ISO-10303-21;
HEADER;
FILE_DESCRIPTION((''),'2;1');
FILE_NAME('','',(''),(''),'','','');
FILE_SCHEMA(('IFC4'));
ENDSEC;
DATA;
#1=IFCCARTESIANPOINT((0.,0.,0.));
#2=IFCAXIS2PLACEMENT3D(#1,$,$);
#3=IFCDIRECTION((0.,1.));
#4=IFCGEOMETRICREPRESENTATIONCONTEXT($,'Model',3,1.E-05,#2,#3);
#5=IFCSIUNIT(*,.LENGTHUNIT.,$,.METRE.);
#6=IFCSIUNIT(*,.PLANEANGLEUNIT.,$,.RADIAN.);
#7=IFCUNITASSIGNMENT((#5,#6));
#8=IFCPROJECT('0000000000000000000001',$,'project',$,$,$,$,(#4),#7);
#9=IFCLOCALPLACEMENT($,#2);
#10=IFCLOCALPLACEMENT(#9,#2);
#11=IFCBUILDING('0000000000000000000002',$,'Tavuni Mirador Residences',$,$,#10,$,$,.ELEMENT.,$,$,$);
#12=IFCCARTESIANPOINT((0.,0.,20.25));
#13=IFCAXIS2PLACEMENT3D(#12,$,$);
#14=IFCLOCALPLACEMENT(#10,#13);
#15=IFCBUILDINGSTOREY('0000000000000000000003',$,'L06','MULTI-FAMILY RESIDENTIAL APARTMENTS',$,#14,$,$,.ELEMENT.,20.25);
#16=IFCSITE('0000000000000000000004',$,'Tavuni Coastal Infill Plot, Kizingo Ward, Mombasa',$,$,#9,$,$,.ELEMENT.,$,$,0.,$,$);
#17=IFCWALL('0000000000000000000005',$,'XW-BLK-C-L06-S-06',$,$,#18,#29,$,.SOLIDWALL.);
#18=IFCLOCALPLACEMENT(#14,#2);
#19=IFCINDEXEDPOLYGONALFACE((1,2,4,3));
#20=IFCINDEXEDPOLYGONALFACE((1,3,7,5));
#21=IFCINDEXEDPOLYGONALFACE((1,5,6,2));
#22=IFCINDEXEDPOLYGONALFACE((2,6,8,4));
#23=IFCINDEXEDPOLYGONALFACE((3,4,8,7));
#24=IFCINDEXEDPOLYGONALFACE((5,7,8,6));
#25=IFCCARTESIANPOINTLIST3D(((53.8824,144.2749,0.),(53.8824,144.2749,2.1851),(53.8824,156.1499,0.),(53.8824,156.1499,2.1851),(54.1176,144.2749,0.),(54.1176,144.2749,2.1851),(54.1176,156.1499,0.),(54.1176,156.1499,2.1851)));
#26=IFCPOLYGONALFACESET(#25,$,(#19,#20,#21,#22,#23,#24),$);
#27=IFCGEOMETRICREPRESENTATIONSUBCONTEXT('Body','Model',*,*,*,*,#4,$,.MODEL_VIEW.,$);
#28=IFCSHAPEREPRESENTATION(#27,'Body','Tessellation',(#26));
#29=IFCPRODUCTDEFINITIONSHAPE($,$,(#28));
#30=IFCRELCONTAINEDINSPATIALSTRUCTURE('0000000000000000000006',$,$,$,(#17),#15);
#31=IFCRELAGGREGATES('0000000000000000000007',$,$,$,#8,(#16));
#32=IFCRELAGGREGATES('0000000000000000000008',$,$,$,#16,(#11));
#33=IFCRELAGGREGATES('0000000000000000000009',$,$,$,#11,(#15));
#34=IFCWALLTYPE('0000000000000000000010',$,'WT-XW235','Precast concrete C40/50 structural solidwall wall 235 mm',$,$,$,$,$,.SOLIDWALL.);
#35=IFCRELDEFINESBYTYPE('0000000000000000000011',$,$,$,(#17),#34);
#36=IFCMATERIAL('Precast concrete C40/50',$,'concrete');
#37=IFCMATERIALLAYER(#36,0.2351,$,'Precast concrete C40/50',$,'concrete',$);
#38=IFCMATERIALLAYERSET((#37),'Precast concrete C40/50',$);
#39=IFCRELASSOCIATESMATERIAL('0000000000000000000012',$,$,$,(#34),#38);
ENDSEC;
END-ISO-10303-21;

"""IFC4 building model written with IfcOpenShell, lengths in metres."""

from ifc_helpers import new_model, si_unit, direction, frame, frame_2d, origin, place, context, subcontext, project, spatial, rectangle, extrude, material, layer, layer_set, type_object, element, save


model = new_model("IFC4")

# Units and contexts
model_context = context("Model", 3, precision=1e-05, world=origin(), true_north=direction((0.0, 1.0)))
body_context = subcontext(model_context, "Body", "Model", "MODEL_VIEW")
ifc_project = project(units=[si_unit("LENGTHUNIT", "METRE"), si_unit("PLANEANGLEUNIT", "RADIAN")], contexts=[model_context])

# Site, building, storey
site_placement = place(None, origin())
site = spatial("IfcSite", under=ifc_project, at=site_placement, Name="Tavuni Coastal Infill Plot, Kizingo Ward, Mombasa", CompositionType="ELEMENT", RefElevation=0.0)
building_placement = place(site_placement, origin())
building = spatial("IfcBuilding", under=site, at=building_placement, Name="Tavuni Mirador Residences", CompositionType="ELEMENT")
storey_placement = place(building_placement, frame((0.0, 0.0, 20.25)))
storey = spatial("IfcBuildingStorey", under=building, at=storey_placement, Name="L06", Description="MULTI-FAMILY RESIDENTIAL APARTMENTS", CompositionType="ELEMENT", Elevation=20.25)

# Shared definitions
ifc_material_1 = material(Name="Precast concrete C40/50", Category="concrete")

# Wall
ifc_layer_1 = layer(ifc_material_1, 0.2351, Name="Precast concrete C40/50", Category="concrete")
ifc_layer_set_1 = layer_set([ifc_layer_1], Name="Precast concrete C40/50")
wall_type_1 = type_object("IfcWallType", Name="WT-XW235", Description="Precast concrete C40/50 structural solidwall wall 235 mm", PredefinedType="SOLIDWALL", material=ifc_layer_set_1)
for number, where, z_axis, x_axis, name in (
    (1, (54.0, 144.2749, 0.0), (0.0, 0.0, 1.0), (0.0, 1.0, 0.0), "XW-BLK-C-L06-S-06"),
):
    element("IfcWall", number, at=place(storey_placement, frame(where, z_axis=z_axis, x_axis=x_axis)), inside=storey, type_object=wall_type_1, Name=name, PredefinedType="SOLIDWALL", context=body_context, shape_type="SweptSolid", body=[
        extrude(rectangle(XDim=11.875, YDim=0.2351, at=frame_2d((5.9375, 0.0))), origin(), (0.0, 0.0, 1.0), 2.1851),
    ])

save(model, "model.ifc")
